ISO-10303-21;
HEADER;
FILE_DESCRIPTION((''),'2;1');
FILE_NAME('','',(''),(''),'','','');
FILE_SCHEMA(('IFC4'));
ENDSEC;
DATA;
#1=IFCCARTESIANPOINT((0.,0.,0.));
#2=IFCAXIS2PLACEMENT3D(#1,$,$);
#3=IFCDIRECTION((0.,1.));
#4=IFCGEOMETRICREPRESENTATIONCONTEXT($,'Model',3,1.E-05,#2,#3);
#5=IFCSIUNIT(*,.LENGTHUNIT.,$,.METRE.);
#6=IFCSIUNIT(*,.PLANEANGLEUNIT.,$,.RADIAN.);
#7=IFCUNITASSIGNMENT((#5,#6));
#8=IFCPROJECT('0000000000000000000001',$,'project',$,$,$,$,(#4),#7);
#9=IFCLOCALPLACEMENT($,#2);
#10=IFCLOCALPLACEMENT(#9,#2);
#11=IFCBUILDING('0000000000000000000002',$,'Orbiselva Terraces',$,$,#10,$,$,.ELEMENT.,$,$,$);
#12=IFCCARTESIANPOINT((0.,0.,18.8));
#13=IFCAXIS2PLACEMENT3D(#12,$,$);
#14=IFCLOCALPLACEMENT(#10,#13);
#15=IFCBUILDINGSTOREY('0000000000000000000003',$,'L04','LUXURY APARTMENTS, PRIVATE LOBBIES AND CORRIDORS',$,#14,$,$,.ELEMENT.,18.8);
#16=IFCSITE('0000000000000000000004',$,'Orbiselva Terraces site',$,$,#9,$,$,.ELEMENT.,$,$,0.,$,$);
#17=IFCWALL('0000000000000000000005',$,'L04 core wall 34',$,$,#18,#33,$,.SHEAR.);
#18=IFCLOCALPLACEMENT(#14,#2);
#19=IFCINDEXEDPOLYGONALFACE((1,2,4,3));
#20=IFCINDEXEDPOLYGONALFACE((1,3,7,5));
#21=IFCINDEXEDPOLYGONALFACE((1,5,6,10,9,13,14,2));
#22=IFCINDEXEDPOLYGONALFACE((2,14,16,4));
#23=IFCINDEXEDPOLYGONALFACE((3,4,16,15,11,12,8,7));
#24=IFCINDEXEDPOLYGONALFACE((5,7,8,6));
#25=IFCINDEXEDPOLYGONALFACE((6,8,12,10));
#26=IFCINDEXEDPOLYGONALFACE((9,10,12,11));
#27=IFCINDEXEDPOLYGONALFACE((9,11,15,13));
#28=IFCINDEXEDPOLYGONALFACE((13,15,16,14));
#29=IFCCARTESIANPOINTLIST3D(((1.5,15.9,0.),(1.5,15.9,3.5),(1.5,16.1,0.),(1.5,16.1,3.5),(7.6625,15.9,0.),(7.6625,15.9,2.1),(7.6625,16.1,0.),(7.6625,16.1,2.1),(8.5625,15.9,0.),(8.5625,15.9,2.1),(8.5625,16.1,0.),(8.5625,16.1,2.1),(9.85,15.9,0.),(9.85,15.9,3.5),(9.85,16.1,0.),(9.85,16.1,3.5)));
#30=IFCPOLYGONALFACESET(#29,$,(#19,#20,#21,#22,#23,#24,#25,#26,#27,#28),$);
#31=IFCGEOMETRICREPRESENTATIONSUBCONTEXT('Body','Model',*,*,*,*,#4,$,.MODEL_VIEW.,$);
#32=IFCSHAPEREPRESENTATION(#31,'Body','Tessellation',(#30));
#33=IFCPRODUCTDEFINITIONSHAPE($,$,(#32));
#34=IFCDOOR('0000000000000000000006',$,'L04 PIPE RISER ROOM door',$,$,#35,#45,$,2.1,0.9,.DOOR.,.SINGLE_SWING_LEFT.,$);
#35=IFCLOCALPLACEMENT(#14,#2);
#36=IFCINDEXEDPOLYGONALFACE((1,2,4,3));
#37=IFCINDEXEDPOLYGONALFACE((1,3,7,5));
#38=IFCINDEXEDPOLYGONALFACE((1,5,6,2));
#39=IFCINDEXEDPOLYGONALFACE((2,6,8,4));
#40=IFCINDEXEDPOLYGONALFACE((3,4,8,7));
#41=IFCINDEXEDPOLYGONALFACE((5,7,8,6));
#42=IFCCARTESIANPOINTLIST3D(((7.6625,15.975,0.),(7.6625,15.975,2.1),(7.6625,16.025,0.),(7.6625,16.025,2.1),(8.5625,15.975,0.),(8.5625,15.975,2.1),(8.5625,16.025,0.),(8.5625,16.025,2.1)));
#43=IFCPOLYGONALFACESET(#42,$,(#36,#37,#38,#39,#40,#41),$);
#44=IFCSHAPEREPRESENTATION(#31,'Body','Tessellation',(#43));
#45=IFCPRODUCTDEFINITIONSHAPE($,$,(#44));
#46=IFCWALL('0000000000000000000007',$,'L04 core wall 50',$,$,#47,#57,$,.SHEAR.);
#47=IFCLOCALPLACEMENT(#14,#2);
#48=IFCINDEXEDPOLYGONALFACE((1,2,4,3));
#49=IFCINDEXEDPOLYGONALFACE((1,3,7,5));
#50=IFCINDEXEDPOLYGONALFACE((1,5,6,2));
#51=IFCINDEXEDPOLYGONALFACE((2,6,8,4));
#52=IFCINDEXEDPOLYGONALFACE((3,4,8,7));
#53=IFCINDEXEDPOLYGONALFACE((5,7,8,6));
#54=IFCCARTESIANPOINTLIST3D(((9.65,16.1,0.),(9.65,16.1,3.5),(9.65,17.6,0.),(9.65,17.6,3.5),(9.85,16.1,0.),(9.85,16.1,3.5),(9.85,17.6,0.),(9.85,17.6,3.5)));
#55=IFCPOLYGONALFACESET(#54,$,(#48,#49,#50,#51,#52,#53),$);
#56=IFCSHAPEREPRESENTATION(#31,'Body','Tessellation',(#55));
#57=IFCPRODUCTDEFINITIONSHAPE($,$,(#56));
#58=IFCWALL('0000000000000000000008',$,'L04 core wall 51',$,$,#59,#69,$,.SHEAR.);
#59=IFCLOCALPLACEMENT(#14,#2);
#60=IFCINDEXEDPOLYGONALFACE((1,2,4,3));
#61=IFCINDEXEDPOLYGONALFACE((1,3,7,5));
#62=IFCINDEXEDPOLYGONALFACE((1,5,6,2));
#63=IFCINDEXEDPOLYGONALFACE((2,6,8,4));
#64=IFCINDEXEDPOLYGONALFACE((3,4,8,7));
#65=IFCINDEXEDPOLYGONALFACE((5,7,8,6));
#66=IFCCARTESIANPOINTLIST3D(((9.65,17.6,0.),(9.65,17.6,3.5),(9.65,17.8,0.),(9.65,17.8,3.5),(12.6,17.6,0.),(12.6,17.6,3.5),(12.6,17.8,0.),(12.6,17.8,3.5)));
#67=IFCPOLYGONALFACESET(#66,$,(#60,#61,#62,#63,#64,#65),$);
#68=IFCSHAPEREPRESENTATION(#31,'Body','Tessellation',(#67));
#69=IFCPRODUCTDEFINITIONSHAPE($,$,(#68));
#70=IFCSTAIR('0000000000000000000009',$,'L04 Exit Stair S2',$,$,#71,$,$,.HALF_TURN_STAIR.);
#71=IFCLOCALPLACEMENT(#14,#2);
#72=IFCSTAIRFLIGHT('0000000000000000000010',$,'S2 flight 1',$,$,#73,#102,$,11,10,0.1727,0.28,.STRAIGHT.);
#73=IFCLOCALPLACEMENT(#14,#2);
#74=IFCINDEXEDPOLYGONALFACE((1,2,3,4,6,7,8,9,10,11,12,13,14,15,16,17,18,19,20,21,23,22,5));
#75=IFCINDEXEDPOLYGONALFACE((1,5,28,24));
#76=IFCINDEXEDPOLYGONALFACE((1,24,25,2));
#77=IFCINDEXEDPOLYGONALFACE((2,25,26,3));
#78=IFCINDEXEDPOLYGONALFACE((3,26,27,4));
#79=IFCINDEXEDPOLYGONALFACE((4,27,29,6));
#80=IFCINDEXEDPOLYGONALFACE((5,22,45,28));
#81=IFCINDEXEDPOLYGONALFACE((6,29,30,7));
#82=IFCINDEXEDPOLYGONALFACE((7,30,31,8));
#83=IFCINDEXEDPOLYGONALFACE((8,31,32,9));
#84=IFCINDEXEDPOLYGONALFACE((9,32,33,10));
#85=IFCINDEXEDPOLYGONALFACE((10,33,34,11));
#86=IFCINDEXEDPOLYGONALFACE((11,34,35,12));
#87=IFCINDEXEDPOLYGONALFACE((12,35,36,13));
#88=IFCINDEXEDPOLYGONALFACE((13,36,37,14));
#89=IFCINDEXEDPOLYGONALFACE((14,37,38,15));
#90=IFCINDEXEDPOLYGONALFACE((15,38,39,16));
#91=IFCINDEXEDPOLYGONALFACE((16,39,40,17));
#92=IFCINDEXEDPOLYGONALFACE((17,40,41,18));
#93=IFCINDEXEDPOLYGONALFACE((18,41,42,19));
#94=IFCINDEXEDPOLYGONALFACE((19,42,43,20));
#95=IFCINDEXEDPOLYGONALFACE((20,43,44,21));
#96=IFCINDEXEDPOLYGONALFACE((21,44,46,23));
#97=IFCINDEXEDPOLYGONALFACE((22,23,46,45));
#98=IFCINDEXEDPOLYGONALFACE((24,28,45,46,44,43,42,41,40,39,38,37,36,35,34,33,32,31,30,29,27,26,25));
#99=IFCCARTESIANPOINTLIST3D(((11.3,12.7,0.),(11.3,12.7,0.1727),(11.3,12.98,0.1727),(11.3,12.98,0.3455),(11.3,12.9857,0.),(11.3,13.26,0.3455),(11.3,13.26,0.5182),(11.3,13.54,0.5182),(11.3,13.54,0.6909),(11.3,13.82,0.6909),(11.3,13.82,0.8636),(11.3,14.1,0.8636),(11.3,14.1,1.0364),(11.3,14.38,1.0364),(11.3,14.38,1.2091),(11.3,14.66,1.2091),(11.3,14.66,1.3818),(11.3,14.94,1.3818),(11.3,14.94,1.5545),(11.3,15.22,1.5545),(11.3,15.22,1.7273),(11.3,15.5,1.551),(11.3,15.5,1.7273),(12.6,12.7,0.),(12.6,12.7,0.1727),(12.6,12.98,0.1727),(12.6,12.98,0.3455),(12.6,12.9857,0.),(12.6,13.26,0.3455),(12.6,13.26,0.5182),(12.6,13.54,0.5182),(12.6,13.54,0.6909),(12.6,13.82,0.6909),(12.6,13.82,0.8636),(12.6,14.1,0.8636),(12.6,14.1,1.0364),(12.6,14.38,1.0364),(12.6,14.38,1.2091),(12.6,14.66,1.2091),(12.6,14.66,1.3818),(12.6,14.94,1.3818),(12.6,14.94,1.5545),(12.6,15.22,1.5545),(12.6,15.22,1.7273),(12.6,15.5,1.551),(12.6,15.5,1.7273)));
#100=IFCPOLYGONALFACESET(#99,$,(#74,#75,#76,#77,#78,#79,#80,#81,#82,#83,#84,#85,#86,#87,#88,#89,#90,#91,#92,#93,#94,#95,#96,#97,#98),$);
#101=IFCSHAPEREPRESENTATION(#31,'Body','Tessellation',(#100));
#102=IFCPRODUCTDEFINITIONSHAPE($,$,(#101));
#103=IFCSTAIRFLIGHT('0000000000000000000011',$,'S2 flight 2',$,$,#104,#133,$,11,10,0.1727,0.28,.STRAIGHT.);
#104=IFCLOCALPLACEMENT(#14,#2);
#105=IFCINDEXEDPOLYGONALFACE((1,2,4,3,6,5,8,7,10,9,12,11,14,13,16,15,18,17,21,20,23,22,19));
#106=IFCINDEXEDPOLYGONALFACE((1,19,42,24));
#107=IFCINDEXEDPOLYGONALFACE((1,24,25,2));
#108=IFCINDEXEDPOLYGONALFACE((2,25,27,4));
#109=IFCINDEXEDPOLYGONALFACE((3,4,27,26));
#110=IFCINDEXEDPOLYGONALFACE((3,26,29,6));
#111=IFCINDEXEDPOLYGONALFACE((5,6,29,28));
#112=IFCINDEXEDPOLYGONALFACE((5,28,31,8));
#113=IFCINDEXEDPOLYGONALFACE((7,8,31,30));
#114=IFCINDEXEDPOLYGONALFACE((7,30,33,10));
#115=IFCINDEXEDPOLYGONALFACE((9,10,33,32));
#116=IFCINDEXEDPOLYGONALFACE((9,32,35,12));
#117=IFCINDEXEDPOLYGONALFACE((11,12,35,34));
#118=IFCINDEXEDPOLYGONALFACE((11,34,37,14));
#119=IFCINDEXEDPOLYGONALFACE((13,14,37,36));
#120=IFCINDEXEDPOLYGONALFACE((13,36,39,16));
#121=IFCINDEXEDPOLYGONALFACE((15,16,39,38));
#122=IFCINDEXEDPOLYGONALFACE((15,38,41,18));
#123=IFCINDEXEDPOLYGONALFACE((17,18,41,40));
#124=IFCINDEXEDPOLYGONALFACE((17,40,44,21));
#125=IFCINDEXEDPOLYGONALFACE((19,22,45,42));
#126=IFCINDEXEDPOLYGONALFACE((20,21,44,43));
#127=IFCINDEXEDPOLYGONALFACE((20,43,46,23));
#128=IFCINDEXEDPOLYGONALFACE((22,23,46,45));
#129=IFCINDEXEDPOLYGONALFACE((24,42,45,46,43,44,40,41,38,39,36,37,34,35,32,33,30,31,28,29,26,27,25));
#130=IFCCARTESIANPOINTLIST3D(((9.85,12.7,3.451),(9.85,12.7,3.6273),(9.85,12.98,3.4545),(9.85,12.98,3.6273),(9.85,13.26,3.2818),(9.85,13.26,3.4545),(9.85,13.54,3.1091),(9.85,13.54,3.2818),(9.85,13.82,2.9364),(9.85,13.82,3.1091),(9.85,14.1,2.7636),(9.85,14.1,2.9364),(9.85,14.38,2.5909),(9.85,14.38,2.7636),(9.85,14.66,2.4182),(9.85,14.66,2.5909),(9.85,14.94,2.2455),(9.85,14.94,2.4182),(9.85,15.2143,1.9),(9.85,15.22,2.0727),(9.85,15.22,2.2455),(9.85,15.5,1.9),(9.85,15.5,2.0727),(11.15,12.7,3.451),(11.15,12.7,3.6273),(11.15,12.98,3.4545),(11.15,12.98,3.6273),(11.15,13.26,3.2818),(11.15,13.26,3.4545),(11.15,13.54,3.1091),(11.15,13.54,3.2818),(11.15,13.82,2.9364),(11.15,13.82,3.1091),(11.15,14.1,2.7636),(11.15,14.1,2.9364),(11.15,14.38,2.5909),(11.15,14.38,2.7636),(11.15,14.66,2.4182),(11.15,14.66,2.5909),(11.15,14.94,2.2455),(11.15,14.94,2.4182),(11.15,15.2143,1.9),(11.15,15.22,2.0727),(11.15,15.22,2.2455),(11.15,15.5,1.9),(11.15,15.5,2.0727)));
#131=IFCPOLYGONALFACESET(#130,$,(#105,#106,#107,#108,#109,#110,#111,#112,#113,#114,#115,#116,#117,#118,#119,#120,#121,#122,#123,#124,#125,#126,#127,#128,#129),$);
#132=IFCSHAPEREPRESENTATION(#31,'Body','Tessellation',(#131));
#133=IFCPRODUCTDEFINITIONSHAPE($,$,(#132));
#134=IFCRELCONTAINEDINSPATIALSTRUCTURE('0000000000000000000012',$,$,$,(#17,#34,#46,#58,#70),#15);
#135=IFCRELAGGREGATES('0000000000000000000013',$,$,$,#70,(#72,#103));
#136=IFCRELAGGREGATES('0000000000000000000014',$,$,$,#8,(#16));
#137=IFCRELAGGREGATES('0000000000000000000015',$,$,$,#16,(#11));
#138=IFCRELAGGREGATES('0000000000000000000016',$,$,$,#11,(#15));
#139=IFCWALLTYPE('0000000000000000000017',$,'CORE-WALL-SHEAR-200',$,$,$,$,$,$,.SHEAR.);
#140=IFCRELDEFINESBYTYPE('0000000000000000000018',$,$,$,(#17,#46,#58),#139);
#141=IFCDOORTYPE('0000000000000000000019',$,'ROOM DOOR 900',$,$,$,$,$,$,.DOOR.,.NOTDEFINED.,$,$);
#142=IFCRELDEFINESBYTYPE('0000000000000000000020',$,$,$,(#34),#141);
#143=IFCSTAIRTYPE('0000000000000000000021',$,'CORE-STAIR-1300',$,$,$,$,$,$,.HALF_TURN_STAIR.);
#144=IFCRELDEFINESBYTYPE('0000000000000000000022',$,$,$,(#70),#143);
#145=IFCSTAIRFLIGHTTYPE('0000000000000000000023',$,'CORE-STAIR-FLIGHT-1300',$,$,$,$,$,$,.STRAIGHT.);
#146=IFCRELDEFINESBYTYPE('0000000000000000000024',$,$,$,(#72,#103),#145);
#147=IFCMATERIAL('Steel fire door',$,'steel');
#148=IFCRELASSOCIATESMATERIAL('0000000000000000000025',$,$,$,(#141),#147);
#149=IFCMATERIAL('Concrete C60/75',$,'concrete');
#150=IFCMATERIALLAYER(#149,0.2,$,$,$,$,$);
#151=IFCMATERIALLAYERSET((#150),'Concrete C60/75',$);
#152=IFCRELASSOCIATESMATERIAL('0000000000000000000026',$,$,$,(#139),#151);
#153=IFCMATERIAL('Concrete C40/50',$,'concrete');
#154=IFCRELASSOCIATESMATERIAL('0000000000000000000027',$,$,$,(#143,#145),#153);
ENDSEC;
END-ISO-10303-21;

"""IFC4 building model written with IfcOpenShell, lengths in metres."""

from ifc_helpers import new_model, si_unit, direction, frame, frame_2d, origin, place, context, subcontext, project, spatial, polyline, rectangle, outline, extrude, material, layer, layer_set, type_object, element, fill, aggregate, save


model = new_model("IFC4")

# Units and contexts
model_context = context("Model", 3, precision=1e-05, world=origin(), true_north=direction((0.0, 1.0)))
body_context = subcontext(model_context, "Body", "Model", "MODEL_VIEW")
ifc_project = project(units=[si_unit("LENGTHUNIT", "METRE"), si_unit("PLANEANGLEUNIT", "RADIAN")], contexts=[model_context])

# Site, building, storey
site_placement = place(None, origin())
site = spatial("IfcSite", under=ifc_project, at=site_placement, Name="Orbiselva Terraces site", CompositionType="ELEMENT", RefElevation=0.0)
building_placement = place(site_placement, origin())
building = spatial("IfcBuilding", under=site, at=building_placement, Name="Orbiselva Terraces", CompositionType="ELEMENT")
storey_placement = place(building_placement, frame((0.0, 0.0, 18.8)))
storey = spatial("IfcBuildingStorey", under=building, at=storey_placement, Name="L04", Description="LUXURY APARTMENTS, PRIVATE LOBBIES AND CORRIDORS", CompositionType="ELEMENT", Elevation=18.8)

# Shared definitions
ifc_material_1 = material(Name="Steel fire door", Category="steel")
door_type = type_object("IfcDoorType", Name="ROOM DOOR 900", OperationType="NOTDEFINED", PredefinedType="DOOR", material=ifc_material_1)

# Shared definitions
ifc_material_2 = material(Name="Concrete C40/50", Category="concrete")
ifc_material_3 = material(Name="Concrete C60/75", Category="concrete")
ifc_layer_1 = layer(ifc_material_3, 0.2)
ifc_layer_set_1 = layer_set([ifc_layer_1], Name="Concrete C60/75")
wall_type_1 = type_object("IfcWallType", Name="CORE-WALL-SHEAR-200", PredefinedType="SHEAR", material=ifc_layer_set_1)

# Wall, opening, door
wall_1_placement = place(storey_placement, frame((9.85, 16.0, 0.0), z_axis=(0.0, 0.0, 1.0), x_axis=(-1.0, 0.0, 0.0)))
wall_1 = element("IfcWall", 1, at=wall_1_placement, inside=storey, type_object=wall_type_1, Name="L04 core wall 34", PredefinedType="SHEAR", context=body_context, shape_type="SweptSolid", body=[
    extrude(rectangle(XDim=8.35, YDim=0.2, at=frame_2d((4.175, 0.0))), origin(), (0.0, 0.0, 1.0), 3.5),
])
opening_1_placement = place(wall_1_placement, frame((1.2875, 0.0, 0.0)))
opening_1 = element("IfcOpeningElement", 2, at=opening_1_placement, cuts=wall_1, PredefinedType="OPENING", context=body_context, shape_type="SweptSolid", body=[
    extrude(rectangle(XDim=0.9, YDim=2.1, at=frame_2d((0.45, 1.05))), frame((0.0, 0.11, 0.0), z_axis=(0.0, -1.0, 0.0), x_axis=(1.0, 0.0, 0.0)), (0.0, 0.0, 1.0), 0.22),
])
door_1_placement = place(opening_1_placement, origin())
door_1 = element("IfcDoor", 3, at=door_1_placement, inside=storey, type_object=door_type, Name="L04 PIPE RISER ROOM door", OperationType="SINGLE_SWING_LEFT", OverallHeight=2.1, OverallWidth=0.9, PredefinedType="DOOR", context=body_context, shape_type="SweptSolid", body=[
    extrude(rectangle(XDim=0.9, YDim=2.1, at=frame_2d((0.45, 1.05))), frame((0.0, 0.025, 0.0), z_axis=(0.0, -1.0, 0.0), x_axis=(1.0, 0.0, 0.0)), (0.0, 0.0, 1.0), 0.05),
])
fill(opening_1, door_1)

# Walls
wall_2_placement = place(storey_placement, frame((9.75, 16.1, 0.0), z_axis=(0.0, 0.0, 1.0), x_axis=(0.0, 1.0, 0.0)))
element("IfcWall", 4, at=wall_2_placement, inside=storey, type_object=wall_type_1, Name="L04 core wall 50", PredefinedType="SHEAR", context=body_context, shape_type="SweptSolid", body=[
    extrude(rectangle(XDim=1.5, YDim=0.2, at=frame_2d((0.75, 0.0))), origin(), (0.0, 0.0, 1.0), 3.5),
])
wall_3_placement = place(storey_placement, frame((9.65, 17.7, 0.0), z_axis=(0.0, 0.0, 1.0), x_axis=(1.0, 0.0, 0.0)))
element("IfcWall", 5, at=wall_3_placement, inside=storey, type_object=wall_type_1, Name="L04 core wall 51", PredefinedType="SHEAR", context=body_context, shape_type="SweptSolid", body=[
    extrude(rectangle(XDim=2.95, YDim=0.2, at=frame_2d((1.475, 0.0))), origin(), (0.0, 0.0, 1.0), 3.5),
])

# Stair, stair flights
stair_type = type_object("IfcStairType", Name="CORE-STAIR-1300", PredefinedType="HALF_TURN_STAIR", material=ifc_material_2)
stair_placement = place(storey_placement, origin())
stair = element("IfcStair", 6, at=stair_placement, inside=storey, type_object=stair_type, Name="L04 Exit Stair S2", PredefinedType="HALF_TURN_STAIR")
stair_flight_type = type_object("IfcStairFlightType", Name="CORE-STAIR-FLIGHT-1300", PredefinedType="STRAIGHT", material=ifc_material_2)
stair_flight_1_placement = place(storey_placement, frame((11.95, 12.7, 0.0), z_axis=(0.0, 0.0, 1.0), x_axis=(0.0, 1.0, 0.0)))
stair_flight_1 = element("IfcStairFlight", 7, at=stair_flight_1_placement, type_object=stair_flight_type, Name="S2 flight 1", NumberOfRisers=11, NumberOfTreads=10, PredefinedType="STRAIGHT", RiserHeight=0.1727, TreadLength=0.28, context=body_context, shape_type="SweptSolid", body=[
    extrude(outline(polyline([(0.0, 0.0), (0.0, 0.1727), (0.28, 0.1727), (0.28, 0.3455), (0.56, 0.3455), (0.56, 0.5182), (0.84, 0.5182), (0.84, 0.6909), (1.12, 0.6909), (1.12, 0.8636), (1.4, 0.8636), (1.4, 1.0364), (1.68, 1.0364), (1.68, 1.2091), (1.96, 1.2091), (1.96, 1.3818), (2.24, 1.3818), (2.24, 1.5545), (2.52, 1.5545), (2.52, 1.7273), (2.8, 1.7273), (2.8, 1.9), (2.8, 1.551), (0.2857, 0.0), (0.0, 0.0)])), frame((0.0, 0.65, 0.0), z_axis=(0.0, -1.0, 0.0), x_axis=(1.0, 0.0, 0.0)), (0.0, 0.0, 1.0), 1.3),
])
stair_flight_2_placement = place(storey_placement, frame((10.5, 15.5, 1.9), z_axis=(0.0, 0.0, 1.0), x_axis=(0.0, -1.0, 0.0)))
stair_flight_2 = element("IfcStairFlight", 8, at=stair_flight_2_placement, type_object=stair_flight_type, Name="S2 flight 2", NumberOfRisers=11, NumberOfTreads=10, PredefinedType="STRAIGHT", RiserHeight=0.1727, TreadLength=0.28, context=body_context, shape_type="SweptSolid", body=[
    extrude(outline(polyline([(0.0, 0.0), (0.0, 0.1727), (0.28, 0.1727), (0.28, 0.3455), (0.56, 0.3455), (0.56, 0.5182), (0.84, 0.5182), (0.84, 0.6909), (1.12, 0.6909), (1.12, 0.8636), (1.4, 0.8636), (1.4, 1.0364), (1.68, 1.0364), (1.68, 1.2091), (1.96, 1.2091), (1.96, 1.3818), (2.24, 1.3818), (2.24, 1.5545), (2.52, 1.5545), (2.52, 1.7273), (2.8, 1.7273), (2.8, 1.9), (2.8, 1.551), (0.2857, 0.0), (0.0, 0.0)])), frame((0.0, 0.65, 0.0), z_axis=(0.0, -1.0, 0.0), x_axis=(1.0, 0.0, 0.0)), (0.0, 0.0, 1.0), 1.3),
])
aggregate(stair, [stair_flight_1, stair_flight_2])

save(model, "model.ifc")
